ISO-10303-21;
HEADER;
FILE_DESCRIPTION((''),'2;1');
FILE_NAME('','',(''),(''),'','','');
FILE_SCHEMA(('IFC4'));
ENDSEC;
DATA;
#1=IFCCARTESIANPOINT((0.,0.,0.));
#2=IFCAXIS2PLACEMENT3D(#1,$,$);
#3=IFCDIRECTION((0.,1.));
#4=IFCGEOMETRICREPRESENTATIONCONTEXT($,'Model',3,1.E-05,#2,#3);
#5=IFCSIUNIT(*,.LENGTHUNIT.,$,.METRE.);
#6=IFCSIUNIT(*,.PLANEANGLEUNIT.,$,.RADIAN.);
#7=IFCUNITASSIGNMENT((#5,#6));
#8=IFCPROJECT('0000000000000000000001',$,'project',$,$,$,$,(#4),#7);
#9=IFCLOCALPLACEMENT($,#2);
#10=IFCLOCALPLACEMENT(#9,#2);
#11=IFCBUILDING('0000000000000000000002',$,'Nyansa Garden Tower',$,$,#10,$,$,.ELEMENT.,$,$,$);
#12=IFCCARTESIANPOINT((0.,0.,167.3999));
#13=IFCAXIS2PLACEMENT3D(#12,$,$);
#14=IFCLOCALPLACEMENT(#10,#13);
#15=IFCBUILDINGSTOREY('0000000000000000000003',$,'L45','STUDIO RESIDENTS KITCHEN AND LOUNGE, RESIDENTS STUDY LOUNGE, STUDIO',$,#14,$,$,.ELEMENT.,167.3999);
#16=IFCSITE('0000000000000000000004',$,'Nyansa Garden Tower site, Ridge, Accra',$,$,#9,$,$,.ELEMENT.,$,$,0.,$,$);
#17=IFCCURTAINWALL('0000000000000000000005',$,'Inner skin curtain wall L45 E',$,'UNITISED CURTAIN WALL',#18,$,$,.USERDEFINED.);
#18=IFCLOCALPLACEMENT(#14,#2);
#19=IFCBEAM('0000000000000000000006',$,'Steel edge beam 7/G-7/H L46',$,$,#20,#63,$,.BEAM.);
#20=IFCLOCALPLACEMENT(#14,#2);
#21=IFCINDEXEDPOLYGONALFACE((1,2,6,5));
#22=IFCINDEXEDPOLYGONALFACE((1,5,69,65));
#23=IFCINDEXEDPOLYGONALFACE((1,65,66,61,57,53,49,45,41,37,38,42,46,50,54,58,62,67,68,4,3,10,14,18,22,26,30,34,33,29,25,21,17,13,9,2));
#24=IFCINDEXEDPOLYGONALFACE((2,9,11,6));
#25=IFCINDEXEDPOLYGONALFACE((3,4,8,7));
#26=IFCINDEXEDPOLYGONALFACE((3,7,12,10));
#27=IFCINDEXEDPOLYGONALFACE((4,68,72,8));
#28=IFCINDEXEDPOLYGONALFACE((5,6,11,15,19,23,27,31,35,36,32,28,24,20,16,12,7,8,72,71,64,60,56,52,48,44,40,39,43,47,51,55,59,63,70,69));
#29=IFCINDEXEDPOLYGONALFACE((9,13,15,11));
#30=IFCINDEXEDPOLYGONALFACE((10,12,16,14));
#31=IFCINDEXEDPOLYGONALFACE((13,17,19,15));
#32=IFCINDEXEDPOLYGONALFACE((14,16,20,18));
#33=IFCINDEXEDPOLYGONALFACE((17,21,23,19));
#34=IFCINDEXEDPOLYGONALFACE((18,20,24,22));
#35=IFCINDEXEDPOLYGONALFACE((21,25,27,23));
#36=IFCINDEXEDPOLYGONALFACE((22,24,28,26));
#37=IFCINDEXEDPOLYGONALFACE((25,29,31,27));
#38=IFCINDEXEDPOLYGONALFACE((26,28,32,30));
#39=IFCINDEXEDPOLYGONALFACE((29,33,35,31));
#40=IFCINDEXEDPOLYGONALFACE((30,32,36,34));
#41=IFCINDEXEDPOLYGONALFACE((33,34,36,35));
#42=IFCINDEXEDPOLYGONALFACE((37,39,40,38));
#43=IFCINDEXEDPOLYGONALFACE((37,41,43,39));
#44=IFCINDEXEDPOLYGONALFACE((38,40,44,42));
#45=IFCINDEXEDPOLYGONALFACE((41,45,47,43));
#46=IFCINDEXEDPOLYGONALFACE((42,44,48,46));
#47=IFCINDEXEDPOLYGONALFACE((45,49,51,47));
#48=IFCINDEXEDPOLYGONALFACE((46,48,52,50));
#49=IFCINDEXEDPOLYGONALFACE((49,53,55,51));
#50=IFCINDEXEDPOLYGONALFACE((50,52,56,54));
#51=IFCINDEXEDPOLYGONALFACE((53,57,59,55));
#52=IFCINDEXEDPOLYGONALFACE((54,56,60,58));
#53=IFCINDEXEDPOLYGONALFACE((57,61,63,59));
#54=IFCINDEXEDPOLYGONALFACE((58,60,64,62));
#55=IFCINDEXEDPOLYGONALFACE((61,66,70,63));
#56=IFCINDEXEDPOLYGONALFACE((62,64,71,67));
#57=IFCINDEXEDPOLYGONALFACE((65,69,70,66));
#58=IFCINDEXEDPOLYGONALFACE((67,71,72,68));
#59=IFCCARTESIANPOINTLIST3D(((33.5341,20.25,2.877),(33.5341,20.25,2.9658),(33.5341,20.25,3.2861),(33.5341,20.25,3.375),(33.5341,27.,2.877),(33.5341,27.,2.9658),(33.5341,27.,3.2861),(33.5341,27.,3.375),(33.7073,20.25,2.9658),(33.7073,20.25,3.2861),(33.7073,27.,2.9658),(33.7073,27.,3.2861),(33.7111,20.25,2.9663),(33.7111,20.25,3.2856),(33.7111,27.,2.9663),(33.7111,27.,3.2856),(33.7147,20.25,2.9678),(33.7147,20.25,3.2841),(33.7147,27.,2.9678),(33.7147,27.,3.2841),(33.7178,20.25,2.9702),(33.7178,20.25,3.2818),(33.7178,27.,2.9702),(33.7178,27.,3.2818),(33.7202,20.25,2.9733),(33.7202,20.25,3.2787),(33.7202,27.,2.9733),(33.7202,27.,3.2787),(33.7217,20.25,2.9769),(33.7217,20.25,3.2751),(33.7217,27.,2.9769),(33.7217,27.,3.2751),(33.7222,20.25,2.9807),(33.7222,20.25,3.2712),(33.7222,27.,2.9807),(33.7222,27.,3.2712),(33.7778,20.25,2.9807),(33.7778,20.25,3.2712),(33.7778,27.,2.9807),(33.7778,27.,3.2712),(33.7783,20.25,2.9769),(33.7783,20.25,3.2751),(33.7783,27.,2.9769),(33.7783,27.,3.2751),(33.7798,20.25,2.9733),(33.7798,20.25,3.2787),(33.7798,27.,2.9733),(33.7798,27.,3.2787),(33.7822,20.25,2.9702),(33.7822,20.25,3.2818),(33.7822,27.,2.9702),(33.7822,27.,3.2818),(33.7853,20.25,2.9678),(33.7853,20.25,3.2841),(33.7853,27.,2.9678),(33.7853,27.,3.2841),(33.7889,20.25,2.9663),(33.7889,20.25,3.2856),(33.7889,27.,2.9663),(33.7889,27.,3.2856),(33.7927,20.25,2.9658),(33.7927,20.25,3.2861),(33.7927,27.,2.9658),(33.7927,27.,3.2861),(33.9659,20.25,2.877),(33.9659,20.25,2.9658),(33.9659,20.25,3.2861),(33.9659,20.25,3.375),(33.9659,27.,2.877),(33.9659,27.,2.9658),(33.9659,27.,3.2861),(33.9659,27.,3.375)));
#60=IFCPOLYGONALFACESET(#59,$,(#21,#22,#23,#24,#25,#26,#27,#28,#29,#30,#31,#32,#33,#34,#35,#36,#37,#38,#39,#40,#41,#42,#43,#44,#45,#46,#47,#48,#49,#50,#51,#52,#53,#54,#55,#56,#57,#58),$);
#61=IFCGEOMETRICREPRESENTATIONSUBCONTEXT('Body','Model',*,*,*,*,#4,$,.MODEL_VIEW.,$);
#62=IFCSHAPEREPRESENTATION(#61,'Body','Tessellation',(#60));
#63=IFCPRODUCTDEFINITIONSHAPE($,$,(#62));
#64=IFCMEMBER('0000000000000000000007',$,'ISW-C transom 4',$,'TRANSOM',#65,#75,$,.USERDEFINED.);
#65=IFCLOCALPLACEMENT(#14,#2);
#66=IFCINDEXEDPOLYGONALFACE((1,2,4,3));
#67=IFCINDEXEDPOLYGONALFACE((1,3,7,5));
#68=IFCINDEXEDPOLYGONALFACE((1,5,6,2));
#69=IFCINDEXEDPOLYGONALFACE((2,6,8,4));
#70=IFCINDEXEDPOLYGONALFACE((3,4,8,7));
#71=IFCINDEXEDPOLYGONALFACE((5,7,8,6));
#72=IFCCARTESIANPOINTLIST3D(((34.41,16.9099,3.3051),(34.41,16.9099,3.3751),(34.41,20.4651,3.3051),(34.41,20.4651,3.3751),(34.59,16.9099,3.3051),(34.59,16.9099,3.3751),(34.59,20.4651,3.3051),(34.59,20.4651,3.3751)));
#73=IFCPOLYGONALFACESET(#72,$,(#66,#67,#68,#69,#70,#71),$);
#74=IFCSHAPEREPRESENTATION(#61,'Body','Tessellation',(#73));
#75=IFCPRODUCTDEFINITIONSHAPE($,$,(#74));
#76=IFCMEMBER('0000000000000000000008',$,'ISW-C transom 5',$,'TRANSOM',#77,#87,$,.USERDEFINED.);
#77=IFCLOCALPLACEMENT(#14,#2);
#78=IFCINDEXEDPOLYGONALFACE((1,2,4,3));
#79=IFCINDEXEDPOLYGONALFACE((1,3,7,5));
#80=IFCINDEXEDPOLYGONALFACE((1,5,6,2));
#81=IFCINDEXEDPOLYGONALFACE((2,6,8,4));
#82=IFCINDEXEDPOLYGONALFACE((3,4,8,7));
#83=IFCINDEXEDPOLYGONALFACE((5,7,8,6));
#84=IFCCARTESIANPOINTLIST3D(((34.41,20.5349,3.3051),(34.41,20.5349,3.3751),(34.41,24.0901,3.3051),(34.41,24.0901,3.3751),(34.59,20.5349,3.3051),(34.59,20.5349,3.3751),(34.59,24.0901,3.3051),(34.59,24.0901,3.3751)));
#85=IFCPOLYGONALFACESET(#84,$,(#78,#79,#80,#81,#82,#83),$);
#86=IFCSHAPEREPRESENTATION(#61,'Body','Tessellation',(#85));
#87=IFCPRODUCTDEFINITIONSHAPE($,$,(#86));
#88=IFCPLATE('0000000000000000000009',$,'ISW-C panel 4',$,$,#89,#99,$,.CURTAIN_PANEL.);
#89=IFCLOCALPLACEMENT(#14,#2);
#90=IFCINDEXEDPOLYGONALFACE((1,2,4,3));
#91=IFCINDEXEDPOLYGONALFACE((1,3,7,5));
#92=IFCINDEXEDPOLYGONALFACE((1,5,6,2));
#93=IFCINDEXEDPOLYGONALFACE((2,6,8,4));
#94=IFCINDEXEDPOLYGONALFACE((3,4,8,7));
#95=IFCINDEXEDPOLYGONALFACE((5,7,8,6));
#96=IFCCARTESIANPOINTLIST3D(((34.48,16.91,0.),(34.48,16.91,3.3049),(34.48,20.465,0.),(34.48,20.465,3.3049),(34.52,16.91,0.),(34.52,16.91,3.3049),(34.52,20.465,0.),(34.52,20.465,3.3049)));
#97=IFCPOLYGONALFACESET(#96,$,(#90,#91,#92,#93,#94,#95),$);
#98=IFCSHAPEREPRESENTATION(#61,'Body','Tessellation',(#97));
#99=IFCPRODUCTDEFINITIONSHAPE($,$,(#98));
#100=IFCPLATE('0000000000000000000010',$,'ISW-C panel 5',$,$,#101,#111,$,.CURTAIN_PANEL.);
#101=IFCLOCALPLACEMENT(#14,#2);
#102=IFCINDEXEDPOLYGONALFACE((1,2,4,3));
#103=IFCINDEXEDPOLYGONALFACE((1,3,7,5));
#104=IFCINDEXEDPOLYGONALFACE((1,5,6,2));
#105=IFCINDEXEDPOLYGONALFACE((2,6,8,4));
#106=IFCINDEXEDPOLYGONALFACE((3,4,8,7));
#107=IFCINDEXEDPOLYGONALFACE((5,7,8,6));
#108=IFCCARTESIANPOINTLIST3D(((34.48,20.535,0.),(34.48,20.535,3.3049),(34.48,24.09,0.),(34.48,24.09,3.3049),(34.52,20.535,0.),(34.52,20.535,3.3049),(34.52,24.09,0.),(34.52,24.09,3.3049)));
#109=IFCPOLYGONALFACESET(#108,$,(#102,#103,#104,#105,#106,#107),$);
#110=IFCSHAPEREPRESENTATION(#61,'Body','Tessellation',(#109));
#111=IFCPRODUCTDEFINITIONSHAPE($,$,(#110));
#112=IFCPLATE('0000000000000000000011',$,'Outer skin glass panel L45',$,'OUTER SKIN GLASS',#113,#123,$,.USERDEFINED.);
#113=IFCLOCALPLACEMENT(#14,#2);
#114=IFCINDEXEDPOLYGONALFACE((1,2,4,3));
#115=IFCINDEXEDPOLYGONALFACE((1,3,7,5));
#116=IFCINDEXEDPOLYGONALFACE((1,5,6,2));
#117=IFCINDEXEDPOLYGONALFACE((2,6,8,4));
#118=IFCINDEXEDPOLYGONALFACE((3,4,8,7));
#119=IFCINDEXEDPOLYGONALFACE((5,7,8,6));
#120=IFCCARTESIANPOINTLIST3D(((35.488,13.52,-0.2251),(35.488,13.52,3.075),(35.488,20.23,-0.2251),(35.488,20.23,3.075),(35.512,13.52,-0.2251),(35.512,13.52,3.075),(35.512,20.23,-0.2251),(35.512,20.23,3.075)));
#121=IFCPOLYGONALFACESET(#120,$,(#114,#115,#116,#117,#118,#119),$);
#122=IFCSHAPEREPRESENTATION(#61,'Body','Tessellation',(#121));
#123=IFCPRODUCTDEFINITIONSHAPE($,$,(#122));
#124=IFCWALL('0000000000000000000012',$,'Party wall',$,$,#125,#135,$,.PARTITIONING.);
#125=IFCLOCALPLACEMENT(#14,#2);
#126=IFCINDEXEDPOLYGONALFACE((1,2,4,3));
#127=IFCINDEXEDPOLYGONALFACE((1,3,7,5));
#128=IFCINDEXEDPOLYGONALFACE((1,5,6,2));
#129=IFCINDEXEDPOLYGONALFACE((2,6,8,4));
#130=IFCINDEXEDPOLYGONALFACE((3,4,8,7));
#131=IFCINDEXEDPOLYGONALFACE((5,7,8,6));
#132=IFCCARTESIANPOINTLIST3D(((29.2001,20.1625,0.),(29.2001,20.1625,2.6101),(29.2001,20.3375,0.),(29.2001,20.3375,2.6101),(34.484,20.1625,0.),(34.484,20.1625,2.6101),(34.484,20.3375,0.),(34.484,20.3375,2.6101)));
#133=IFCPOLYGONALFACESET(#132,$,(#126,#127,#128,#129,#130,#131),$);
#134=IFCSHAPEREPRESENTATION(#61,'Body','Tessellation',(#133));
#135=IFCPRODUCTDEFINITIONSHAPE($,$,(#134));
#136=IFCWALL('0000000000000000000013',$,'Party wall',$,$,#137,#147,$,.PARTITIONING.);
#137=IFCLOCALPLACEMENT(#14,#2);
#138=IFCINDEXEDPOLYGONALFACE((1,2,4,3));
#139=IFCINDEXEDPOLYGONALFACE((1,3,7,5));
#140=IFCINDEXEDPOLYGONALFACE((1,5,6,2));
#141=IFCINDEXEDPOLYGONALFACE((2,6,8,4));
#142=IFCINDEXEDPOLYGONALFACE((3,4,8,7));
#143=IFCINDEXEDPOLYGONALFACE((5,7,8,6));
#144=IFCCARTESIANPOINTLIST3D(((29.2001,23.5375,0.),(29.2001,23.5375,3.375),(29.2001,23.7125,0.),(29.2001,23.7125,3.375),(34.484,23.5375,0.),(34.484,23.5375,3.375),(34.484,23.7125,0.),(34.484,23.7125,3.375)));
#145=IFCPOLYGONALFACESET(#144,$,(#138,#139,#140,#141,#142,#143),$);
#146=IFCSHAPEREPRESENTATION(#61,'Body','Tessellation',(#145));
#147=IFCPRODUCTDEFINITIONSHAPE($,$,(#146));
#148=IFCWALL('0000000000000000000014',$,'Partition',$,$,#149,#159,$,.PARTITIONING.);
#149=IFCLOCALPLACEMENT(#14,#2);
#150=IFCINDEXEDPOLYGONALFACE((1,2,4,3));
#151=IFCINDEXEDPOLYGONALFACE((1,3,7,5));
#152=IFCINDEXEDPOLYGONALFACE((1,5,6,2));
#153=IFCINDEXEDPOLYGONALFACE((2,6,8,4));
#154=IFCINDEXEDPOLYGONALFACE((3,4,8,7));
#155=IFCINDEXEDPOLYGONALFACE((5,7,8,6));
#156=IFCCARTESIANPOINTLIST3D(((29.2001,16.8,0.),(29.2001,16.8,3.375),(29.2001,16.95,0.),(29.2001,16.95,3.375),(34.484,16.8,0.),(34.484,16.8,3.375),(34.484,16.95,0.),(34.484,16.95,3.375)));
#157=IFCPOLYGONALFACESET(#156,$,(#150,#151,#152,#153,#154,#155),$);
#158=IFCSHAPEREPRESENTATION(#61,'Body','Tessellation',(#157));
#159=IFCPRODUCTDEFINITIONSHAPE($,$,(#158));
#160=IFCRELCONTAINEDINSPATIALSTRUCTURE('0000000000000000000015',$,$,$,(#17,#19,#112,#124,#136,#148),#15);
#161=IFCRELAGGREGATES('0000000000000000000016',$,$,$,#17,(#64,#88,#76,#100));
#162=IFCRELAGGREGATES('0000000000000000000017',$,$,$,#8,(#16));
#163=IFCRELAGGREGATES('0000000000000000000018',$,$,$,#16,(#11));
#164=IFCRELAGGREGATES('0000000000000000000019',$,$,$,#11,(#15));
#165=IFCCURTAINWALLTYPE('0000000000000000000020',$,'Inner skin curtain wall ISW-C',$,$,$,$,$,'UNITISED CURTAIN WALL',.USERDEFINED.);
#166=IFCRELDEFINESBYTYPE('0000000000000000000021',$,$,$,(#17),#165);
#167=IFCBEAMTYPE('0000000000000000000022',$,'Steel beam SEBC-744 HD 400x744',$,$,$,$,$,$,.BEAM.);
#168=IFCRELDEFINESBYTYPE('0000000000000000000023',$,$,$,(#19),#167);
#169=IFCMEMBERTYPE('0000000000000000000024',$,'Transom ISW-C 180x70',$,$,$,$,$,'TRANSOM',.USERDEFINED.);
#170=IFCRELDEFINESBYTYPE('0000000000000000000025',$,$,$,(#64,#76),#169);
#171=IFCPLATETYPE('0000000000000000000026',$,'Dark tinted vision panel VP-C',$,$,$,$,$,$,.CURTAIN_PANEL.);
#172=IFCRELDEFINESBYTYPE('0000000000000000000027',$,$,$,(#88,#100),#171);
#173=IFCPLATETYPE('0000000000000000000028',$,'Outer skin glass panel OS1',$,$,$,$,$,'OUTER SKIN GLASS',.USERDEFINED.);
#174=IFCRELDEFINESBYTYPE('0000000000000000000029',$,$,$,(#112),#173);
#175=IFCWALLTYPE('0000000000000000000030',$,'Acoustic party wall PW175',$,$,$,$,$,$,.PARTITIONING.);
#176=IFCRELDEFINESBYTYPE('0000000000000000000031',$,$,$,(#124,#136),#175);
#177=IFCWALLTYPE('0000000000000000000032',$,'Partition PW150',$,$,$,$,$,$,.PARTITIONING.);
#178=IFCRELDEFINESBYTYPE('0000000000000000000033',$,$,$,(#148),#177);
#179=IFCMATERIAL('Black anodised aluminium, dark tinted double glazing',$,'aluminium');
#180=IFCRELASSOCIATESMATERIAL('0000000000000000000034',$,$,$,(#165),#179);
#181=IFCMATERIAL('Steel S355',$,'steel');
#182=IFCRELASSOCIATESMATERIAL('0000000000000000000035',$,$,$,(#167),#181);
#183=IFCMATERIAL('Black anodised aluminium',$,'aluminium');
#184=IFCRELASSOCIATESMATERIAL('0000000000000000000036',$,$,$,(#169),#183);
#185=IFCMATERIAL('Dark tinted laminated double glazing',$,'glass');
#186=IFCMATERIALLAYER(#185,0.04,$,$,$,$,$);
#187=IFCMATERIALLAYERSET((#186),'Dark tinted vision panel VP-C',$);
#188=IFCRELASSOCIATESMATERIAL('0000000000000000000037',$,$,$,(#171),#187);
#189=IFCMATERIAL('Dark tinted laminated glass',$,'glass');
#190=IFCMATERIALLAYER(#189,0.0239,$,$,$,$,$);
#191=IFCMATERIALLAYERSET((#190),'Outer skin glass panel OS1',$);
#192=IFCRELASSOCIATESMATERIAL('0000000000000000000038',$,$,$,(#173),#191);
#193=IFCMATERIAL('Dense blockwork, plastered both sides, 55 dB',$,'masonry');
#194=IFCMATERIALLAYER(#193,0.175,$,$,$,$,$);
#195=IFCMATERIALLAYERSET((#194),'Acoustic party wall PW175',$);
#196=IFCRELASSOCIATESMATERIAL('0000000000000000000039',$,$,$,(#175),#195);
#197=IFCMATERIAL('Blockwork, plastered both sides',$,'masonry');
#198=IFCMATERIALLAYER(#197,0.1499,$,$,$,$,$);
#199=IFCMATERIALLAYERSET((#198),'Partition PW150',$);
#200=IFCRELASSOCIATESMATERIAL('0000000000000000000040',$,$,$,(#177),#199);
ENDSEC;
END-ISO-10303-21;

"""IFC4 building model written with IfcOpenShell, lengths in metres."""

from ifc_helpers import new_model, si_unit, direction, frame, frame_2d, origin, origin_2d, place, context, subcontext, project, spatial, rectangle, i_section, extrude, material, layer, layer_set, material_profile, profile_set, type_object, element, aggregate, save


model = new_model("IFC4")

# Units and contexts
model_context = context("Model", 3, precision=1e-05, world=origin(), true_north=direction((0.0, 1.0)))
body_context = subcontext(model_context, "Body", "Model", "MODEL_VIEW")
ifc_project = project(units=[si_unit("LENGTHUNIT", "METRE"), si_unit("PLANEANGLEUNIT", "RADIAN")], contexts=[model_context])

# Site, building, storey
site_placement = place(None, origin())
site = spatial("IfcSite", under=ifc_project, at=site_placement, Name="Nyansa Garden Tower site, Ridge, Accra", CompositionType="ELEMENT", RefElevation=0.0)
building_placement = place(site_placement, origin())
building = spatial("IfcBuilding", under=site, at=building_placement, Name="Nyansa Garden Tower", CompositionType="ELEMENT")
storey_placement = place(building_placement, frame((0.0, 0.0, 167.3999)))
storey = spatial("IfcBuildingStorey", under=building, at=storey_placement, Name="L45", Description="STUDIO RESIDENTS KITCHEN AND LOUNGE, RESIDENTS STUDY LOUNGE, STUDIO", CompositionType="ELEMENT", Elevation=167.3999)

# Curtain wall
ifc_material_1 = material(Name="Black anodised aluminium, dark tinted double glazing", Category="aluminium")
curtain_wall_type = type_object("IfcCurtainWallType", Name="Inner skin curtain wall ISW-C", ElementType="UNITISED CURTAIN WALL", PredefinedType="USERDEFINED", material=ifc_material_1)
curtain_wall_placement = place(storey_placement, origin())
curtain_wall = element("IfcCurtainWall", 1, at=curtain_wall_placement, inside=storey, type_object=curtain_wall_type, Name="Inner skin curtain wall L45 E", ObjectType="UNITISED CURTAIN WALL", PredefinedType="USERDEFINED")

# Beam
ifc_material_2 = material(Name="Steel S355", Category="steel")
ifc_material_profile_1 = material_profile(ifc_material_2, i_section(OverallWidth=0.4319, OverallDepth=0.498, WebThickness=0.0557, FlangeThickness=0.0889, FilletRadius=0.0149, at=origin_2d()), Name="HD 400x744")
ifc_profile_set_1 = profile_set([ifc_material_profile_1], Name="Steel S355")
beam_type_1 = type_object("IfcBeamType", Name="Steel beam SEBC-744 HD 400x744", PredefinedType="BEAM", material=ifc_profile_set_1)
beam_1_placement = place(storey_placement, frame((33.75, 20.25, 3.126), z_axis=(0.0, 1.0, 0.0), x_axis=(-1.0, 0.0, 0.0)))
element("IfcBeam", 2, at=beam_1_placement, inside=storey, type_object=beam_type_1, Name="Steel edge beam 7/G-7/H L46", PredefinedType="BEAM", context=body_context, shape_type="SweptSolid", body=[
    extrude(i_section(OverallWidth=0.4319, OverallDepth=0.498, WebThickness=0.0557, FlangeThickness=0.0889, FilletRadius=0.0149, at=origin_2d()), origin(), (0.0, 0.0, 1.0), 6.75),
])

# Members
ifc_material_3 = material(Name="Black anodised aluminium", Category="aluminium")
ifc_material_profile_2 = material_profile(ifc_material_3, rectangle(XDim=0.1799, YDim=0.0701, at=origin_2d()), Name="Transom 180x70")
ifc_profile_set_2 = profile_set([ifc_material_profile_2], Name="Black anodised aluminium")
member_type_1 = type_object("IfcMemberType", Name="Transom ISW-C 180x70", ElementType="TRANSOM", PredefinedType="USERDEFINED", material=ifc_profile_set_2)
member_1_placement = place(storey_placement, frame((34.5, 16.9099, 3.3401), z_axis=(0.0, 1.0, 0.0), x_axis=(-1.0, 0.0, 0.0)))
member_1 = element("IfcMember", 3, at=member_1_placement, type_object=member_type_1, Name="ISW-C transom 4", ObjectType="TRANSOM", PredefinedType="USERDEFINED", context=body_context, shape_type="SweptSolid", body=[
    extrude(rectangle(XDim=0.1799, YDim=0.0701, at=origin_2d()), origin(), (0.0, 0.0, 1.0), 3.5552),
])
member_2_placement = place(storey_placement, frame((34.5, 20.5349, 3.3401), z_axis=(0.0, 1.0, 0.0), x_axis=(-1.0, 0.0, 0.0)))
member_2 = element("IfcMember", 4, at=member_2_placement, type_object=member_type_1, Name="ISW-C transom 5", ObjectType="TRANSOM", PredefinedType="USERDEFINED", context=body_context, shape_type="SweptSolid", body=[
    extrude(rectangle(XDim=0.1799, YDim=0.0701, at=origin_2d()), origin(), (0.0, 0.0, 1.0), 3.5552),
])

# Plates
ifc_material_4 = material(Name="Dark tinted laminated double glazing", Category="glass")
ifc_layer_1 = layer(ifc_material_4, 0.04)
ifc_layer_set_1 = layer_set([ifc_layer_1], Name="Dark tinted vision panel VP-C")
plate_type_1 = type_object("IfcPlateType", Name="Dark tinted vision panel VP-C", PredefinedType="CURTAIN_PANEL", material=ifc_layer_set_1)
plate_1_placement = place(storey_placement, frame((34.5, 18.6875, 0.0), z_axis=(0.0, 0.0, 1.0), x_axis=(0.0, 1.0, 0.0)))
plate_1 = element("IfcPlate", 5, at=plate_1_placement, type_object=plate_type_1, Name="ISW-C panel 4", PredefinedType="CURTAIN_PANEL", context=body_context, shape_type="SweptSolid", body=[
    extrude(rectangle(XDim=3.5549, YDim=0.04, at=origin_2d()), origin(), (0.0, 0.0, 1.0), 3.3049),
])
plate_2_placement = place(storey_placement, frame((34.5, 22.3125, 0.0), z_axis=(0.0, 0.0, 1.0), x_axis=(0.0, 1.0, 0.0)))
plate_2 = element("IfcPlate", 6, at=plate_2_placement, type_object=plate_type_1, Name="ISW-C panel 5", PredefinedType="CURTAIN_PANEL", context=body_context, shape_type="SweptSolid", body=[
    extrude(rectangle(XDim=3.5549, YDim=0.04, at=origin_2d()), origin(), (0.0, 0.0, 1.0), 3.3049),
])
aggregate(curtain_wall, [member_1, plate_1, member_2, plate_2])
ifc_material_5 = material(Name="Dark tinted laminated glass", Category="glass")
ifc_layer_2 = layer(ifc_material_5, 0.0239)
ifc_layer_set_2 = layer_set([ifc_layer_2], Name="Outer skin glass panel OS1")
plate_type_2 = type_object("IfcPlateType", Name="Outer skin glass panel OS1", ElementType="OUTER SKIN GLASS", PredefinedType="USERDEFINED", material=ifc_layer_set_2)
plate_3_placement = place(storey_placement, frame((35.5, 16.875, -0.2251), z_axis=(0.0, 0.0, 1.0), x_axis=(0.0, 1.0, 0.0)))
element("IfcPlate", 7, at=plate_3_placement, inside=storey, type_object=plate_type_2, Name="Outer skin glass panel L45", ObjectType="OUTER SKIN GLASS", PredefinedType="USERDEFINED", context=body_context, shape_type="SweptSolid", body=[
    extrude(rectangle(XDim=6.71, YDim=0.0239, at=origin_2d()), origin(), (0.0, 0.0, 1.0), 3.3),
])

# Walls
ifc_material_6 = material(Name="Dense blockwork, plastered both sides, 55 dB", Category="masonry")
ifc_layer_3 = layer(ifc_material_6, 0.175)
ifc_layer_set_3 = layer_set([ifc_layer_3], Name="Acoustic party wall PW175")
wall_type_1 = type_object("IfcWallType", Name="Acoustic party wall PW175", PredefinedType="PARTITIONING", material=ifc_layer_set_3)
wall_1_placement = place(storey_placement, frame((29.2, 20.25, 0.0), z_axis=(0.0, 0.0, 1.0), x_axis=(1.0, 0.0, 0.0)))
element("IfcWall", 8, at=wall_1_placement, inside=storey, type_object=wall_type_1, Name="Party wall", PredefinedType="PARTITIONING", context=body_context, shape_type="SweptSolid", body=[
    extrude(rectangle(XDim=5.2839, YDim=0.175, at=frame_2d((2.6421, 0.0))), origin(), (0.0, 0.0, 1.0), 2.6101),
])
wall_2_placement = place(storey_placement, frame((29.2, 23.625, 0.0), z_axis=(0.0, 0.0, 1.0), x_axis=(1.0, 0.0, 0.0)))
element("IfcWall", 9, at=wall_2_placement, inside=storey, type_object=wall_type_1, Name="Party wall", PredefinedType="PARTITIONING", context=body_context, shape_type="SweptSolid", body=[
    extrude(rectangle(XDim=5.2839, YDim=0.175, at=frame_2d((2.6421, 0.0))), origin(), (0.0, 0.0, 1.0), 3.375),
])
ifc_material_7 = material(Name="Blockwork, plastered both sides", Category="masonry")
ifc_layer_4 = layer(ifc_material_7, 0.1499)
ifc_layer_set_4 = layer_set([ifc_layer_4], Name="Partition PW150")
wall_type_2 = type_object("IfcWallType", Name="Partition PW150", PredefinedType="PARTITIONING", material=ifc_layer_set_4)
wall_3_placement = place(storey_placement, frame((29.2, 16.875, 0.0), z_axis=(0.0, 0.0, 1.0), x_axis=(1.0, 0.0, 0.0)))
element("IfcWall", 10, at=wall_3_placement, inside=storey, type_object=wall_type_2, Name="Partition", PredefinedType="PARTITIONING", context=body_context, shape_type="SweptSolid", body=[
    extrude(rectangle(XDim=5.2839, YDim=0.1499, at=frame_2d((2.6421, 0.0))), origin(), (0.0, 0.0, 1.0), 3.375),
])

save(model, "model.ifc")
